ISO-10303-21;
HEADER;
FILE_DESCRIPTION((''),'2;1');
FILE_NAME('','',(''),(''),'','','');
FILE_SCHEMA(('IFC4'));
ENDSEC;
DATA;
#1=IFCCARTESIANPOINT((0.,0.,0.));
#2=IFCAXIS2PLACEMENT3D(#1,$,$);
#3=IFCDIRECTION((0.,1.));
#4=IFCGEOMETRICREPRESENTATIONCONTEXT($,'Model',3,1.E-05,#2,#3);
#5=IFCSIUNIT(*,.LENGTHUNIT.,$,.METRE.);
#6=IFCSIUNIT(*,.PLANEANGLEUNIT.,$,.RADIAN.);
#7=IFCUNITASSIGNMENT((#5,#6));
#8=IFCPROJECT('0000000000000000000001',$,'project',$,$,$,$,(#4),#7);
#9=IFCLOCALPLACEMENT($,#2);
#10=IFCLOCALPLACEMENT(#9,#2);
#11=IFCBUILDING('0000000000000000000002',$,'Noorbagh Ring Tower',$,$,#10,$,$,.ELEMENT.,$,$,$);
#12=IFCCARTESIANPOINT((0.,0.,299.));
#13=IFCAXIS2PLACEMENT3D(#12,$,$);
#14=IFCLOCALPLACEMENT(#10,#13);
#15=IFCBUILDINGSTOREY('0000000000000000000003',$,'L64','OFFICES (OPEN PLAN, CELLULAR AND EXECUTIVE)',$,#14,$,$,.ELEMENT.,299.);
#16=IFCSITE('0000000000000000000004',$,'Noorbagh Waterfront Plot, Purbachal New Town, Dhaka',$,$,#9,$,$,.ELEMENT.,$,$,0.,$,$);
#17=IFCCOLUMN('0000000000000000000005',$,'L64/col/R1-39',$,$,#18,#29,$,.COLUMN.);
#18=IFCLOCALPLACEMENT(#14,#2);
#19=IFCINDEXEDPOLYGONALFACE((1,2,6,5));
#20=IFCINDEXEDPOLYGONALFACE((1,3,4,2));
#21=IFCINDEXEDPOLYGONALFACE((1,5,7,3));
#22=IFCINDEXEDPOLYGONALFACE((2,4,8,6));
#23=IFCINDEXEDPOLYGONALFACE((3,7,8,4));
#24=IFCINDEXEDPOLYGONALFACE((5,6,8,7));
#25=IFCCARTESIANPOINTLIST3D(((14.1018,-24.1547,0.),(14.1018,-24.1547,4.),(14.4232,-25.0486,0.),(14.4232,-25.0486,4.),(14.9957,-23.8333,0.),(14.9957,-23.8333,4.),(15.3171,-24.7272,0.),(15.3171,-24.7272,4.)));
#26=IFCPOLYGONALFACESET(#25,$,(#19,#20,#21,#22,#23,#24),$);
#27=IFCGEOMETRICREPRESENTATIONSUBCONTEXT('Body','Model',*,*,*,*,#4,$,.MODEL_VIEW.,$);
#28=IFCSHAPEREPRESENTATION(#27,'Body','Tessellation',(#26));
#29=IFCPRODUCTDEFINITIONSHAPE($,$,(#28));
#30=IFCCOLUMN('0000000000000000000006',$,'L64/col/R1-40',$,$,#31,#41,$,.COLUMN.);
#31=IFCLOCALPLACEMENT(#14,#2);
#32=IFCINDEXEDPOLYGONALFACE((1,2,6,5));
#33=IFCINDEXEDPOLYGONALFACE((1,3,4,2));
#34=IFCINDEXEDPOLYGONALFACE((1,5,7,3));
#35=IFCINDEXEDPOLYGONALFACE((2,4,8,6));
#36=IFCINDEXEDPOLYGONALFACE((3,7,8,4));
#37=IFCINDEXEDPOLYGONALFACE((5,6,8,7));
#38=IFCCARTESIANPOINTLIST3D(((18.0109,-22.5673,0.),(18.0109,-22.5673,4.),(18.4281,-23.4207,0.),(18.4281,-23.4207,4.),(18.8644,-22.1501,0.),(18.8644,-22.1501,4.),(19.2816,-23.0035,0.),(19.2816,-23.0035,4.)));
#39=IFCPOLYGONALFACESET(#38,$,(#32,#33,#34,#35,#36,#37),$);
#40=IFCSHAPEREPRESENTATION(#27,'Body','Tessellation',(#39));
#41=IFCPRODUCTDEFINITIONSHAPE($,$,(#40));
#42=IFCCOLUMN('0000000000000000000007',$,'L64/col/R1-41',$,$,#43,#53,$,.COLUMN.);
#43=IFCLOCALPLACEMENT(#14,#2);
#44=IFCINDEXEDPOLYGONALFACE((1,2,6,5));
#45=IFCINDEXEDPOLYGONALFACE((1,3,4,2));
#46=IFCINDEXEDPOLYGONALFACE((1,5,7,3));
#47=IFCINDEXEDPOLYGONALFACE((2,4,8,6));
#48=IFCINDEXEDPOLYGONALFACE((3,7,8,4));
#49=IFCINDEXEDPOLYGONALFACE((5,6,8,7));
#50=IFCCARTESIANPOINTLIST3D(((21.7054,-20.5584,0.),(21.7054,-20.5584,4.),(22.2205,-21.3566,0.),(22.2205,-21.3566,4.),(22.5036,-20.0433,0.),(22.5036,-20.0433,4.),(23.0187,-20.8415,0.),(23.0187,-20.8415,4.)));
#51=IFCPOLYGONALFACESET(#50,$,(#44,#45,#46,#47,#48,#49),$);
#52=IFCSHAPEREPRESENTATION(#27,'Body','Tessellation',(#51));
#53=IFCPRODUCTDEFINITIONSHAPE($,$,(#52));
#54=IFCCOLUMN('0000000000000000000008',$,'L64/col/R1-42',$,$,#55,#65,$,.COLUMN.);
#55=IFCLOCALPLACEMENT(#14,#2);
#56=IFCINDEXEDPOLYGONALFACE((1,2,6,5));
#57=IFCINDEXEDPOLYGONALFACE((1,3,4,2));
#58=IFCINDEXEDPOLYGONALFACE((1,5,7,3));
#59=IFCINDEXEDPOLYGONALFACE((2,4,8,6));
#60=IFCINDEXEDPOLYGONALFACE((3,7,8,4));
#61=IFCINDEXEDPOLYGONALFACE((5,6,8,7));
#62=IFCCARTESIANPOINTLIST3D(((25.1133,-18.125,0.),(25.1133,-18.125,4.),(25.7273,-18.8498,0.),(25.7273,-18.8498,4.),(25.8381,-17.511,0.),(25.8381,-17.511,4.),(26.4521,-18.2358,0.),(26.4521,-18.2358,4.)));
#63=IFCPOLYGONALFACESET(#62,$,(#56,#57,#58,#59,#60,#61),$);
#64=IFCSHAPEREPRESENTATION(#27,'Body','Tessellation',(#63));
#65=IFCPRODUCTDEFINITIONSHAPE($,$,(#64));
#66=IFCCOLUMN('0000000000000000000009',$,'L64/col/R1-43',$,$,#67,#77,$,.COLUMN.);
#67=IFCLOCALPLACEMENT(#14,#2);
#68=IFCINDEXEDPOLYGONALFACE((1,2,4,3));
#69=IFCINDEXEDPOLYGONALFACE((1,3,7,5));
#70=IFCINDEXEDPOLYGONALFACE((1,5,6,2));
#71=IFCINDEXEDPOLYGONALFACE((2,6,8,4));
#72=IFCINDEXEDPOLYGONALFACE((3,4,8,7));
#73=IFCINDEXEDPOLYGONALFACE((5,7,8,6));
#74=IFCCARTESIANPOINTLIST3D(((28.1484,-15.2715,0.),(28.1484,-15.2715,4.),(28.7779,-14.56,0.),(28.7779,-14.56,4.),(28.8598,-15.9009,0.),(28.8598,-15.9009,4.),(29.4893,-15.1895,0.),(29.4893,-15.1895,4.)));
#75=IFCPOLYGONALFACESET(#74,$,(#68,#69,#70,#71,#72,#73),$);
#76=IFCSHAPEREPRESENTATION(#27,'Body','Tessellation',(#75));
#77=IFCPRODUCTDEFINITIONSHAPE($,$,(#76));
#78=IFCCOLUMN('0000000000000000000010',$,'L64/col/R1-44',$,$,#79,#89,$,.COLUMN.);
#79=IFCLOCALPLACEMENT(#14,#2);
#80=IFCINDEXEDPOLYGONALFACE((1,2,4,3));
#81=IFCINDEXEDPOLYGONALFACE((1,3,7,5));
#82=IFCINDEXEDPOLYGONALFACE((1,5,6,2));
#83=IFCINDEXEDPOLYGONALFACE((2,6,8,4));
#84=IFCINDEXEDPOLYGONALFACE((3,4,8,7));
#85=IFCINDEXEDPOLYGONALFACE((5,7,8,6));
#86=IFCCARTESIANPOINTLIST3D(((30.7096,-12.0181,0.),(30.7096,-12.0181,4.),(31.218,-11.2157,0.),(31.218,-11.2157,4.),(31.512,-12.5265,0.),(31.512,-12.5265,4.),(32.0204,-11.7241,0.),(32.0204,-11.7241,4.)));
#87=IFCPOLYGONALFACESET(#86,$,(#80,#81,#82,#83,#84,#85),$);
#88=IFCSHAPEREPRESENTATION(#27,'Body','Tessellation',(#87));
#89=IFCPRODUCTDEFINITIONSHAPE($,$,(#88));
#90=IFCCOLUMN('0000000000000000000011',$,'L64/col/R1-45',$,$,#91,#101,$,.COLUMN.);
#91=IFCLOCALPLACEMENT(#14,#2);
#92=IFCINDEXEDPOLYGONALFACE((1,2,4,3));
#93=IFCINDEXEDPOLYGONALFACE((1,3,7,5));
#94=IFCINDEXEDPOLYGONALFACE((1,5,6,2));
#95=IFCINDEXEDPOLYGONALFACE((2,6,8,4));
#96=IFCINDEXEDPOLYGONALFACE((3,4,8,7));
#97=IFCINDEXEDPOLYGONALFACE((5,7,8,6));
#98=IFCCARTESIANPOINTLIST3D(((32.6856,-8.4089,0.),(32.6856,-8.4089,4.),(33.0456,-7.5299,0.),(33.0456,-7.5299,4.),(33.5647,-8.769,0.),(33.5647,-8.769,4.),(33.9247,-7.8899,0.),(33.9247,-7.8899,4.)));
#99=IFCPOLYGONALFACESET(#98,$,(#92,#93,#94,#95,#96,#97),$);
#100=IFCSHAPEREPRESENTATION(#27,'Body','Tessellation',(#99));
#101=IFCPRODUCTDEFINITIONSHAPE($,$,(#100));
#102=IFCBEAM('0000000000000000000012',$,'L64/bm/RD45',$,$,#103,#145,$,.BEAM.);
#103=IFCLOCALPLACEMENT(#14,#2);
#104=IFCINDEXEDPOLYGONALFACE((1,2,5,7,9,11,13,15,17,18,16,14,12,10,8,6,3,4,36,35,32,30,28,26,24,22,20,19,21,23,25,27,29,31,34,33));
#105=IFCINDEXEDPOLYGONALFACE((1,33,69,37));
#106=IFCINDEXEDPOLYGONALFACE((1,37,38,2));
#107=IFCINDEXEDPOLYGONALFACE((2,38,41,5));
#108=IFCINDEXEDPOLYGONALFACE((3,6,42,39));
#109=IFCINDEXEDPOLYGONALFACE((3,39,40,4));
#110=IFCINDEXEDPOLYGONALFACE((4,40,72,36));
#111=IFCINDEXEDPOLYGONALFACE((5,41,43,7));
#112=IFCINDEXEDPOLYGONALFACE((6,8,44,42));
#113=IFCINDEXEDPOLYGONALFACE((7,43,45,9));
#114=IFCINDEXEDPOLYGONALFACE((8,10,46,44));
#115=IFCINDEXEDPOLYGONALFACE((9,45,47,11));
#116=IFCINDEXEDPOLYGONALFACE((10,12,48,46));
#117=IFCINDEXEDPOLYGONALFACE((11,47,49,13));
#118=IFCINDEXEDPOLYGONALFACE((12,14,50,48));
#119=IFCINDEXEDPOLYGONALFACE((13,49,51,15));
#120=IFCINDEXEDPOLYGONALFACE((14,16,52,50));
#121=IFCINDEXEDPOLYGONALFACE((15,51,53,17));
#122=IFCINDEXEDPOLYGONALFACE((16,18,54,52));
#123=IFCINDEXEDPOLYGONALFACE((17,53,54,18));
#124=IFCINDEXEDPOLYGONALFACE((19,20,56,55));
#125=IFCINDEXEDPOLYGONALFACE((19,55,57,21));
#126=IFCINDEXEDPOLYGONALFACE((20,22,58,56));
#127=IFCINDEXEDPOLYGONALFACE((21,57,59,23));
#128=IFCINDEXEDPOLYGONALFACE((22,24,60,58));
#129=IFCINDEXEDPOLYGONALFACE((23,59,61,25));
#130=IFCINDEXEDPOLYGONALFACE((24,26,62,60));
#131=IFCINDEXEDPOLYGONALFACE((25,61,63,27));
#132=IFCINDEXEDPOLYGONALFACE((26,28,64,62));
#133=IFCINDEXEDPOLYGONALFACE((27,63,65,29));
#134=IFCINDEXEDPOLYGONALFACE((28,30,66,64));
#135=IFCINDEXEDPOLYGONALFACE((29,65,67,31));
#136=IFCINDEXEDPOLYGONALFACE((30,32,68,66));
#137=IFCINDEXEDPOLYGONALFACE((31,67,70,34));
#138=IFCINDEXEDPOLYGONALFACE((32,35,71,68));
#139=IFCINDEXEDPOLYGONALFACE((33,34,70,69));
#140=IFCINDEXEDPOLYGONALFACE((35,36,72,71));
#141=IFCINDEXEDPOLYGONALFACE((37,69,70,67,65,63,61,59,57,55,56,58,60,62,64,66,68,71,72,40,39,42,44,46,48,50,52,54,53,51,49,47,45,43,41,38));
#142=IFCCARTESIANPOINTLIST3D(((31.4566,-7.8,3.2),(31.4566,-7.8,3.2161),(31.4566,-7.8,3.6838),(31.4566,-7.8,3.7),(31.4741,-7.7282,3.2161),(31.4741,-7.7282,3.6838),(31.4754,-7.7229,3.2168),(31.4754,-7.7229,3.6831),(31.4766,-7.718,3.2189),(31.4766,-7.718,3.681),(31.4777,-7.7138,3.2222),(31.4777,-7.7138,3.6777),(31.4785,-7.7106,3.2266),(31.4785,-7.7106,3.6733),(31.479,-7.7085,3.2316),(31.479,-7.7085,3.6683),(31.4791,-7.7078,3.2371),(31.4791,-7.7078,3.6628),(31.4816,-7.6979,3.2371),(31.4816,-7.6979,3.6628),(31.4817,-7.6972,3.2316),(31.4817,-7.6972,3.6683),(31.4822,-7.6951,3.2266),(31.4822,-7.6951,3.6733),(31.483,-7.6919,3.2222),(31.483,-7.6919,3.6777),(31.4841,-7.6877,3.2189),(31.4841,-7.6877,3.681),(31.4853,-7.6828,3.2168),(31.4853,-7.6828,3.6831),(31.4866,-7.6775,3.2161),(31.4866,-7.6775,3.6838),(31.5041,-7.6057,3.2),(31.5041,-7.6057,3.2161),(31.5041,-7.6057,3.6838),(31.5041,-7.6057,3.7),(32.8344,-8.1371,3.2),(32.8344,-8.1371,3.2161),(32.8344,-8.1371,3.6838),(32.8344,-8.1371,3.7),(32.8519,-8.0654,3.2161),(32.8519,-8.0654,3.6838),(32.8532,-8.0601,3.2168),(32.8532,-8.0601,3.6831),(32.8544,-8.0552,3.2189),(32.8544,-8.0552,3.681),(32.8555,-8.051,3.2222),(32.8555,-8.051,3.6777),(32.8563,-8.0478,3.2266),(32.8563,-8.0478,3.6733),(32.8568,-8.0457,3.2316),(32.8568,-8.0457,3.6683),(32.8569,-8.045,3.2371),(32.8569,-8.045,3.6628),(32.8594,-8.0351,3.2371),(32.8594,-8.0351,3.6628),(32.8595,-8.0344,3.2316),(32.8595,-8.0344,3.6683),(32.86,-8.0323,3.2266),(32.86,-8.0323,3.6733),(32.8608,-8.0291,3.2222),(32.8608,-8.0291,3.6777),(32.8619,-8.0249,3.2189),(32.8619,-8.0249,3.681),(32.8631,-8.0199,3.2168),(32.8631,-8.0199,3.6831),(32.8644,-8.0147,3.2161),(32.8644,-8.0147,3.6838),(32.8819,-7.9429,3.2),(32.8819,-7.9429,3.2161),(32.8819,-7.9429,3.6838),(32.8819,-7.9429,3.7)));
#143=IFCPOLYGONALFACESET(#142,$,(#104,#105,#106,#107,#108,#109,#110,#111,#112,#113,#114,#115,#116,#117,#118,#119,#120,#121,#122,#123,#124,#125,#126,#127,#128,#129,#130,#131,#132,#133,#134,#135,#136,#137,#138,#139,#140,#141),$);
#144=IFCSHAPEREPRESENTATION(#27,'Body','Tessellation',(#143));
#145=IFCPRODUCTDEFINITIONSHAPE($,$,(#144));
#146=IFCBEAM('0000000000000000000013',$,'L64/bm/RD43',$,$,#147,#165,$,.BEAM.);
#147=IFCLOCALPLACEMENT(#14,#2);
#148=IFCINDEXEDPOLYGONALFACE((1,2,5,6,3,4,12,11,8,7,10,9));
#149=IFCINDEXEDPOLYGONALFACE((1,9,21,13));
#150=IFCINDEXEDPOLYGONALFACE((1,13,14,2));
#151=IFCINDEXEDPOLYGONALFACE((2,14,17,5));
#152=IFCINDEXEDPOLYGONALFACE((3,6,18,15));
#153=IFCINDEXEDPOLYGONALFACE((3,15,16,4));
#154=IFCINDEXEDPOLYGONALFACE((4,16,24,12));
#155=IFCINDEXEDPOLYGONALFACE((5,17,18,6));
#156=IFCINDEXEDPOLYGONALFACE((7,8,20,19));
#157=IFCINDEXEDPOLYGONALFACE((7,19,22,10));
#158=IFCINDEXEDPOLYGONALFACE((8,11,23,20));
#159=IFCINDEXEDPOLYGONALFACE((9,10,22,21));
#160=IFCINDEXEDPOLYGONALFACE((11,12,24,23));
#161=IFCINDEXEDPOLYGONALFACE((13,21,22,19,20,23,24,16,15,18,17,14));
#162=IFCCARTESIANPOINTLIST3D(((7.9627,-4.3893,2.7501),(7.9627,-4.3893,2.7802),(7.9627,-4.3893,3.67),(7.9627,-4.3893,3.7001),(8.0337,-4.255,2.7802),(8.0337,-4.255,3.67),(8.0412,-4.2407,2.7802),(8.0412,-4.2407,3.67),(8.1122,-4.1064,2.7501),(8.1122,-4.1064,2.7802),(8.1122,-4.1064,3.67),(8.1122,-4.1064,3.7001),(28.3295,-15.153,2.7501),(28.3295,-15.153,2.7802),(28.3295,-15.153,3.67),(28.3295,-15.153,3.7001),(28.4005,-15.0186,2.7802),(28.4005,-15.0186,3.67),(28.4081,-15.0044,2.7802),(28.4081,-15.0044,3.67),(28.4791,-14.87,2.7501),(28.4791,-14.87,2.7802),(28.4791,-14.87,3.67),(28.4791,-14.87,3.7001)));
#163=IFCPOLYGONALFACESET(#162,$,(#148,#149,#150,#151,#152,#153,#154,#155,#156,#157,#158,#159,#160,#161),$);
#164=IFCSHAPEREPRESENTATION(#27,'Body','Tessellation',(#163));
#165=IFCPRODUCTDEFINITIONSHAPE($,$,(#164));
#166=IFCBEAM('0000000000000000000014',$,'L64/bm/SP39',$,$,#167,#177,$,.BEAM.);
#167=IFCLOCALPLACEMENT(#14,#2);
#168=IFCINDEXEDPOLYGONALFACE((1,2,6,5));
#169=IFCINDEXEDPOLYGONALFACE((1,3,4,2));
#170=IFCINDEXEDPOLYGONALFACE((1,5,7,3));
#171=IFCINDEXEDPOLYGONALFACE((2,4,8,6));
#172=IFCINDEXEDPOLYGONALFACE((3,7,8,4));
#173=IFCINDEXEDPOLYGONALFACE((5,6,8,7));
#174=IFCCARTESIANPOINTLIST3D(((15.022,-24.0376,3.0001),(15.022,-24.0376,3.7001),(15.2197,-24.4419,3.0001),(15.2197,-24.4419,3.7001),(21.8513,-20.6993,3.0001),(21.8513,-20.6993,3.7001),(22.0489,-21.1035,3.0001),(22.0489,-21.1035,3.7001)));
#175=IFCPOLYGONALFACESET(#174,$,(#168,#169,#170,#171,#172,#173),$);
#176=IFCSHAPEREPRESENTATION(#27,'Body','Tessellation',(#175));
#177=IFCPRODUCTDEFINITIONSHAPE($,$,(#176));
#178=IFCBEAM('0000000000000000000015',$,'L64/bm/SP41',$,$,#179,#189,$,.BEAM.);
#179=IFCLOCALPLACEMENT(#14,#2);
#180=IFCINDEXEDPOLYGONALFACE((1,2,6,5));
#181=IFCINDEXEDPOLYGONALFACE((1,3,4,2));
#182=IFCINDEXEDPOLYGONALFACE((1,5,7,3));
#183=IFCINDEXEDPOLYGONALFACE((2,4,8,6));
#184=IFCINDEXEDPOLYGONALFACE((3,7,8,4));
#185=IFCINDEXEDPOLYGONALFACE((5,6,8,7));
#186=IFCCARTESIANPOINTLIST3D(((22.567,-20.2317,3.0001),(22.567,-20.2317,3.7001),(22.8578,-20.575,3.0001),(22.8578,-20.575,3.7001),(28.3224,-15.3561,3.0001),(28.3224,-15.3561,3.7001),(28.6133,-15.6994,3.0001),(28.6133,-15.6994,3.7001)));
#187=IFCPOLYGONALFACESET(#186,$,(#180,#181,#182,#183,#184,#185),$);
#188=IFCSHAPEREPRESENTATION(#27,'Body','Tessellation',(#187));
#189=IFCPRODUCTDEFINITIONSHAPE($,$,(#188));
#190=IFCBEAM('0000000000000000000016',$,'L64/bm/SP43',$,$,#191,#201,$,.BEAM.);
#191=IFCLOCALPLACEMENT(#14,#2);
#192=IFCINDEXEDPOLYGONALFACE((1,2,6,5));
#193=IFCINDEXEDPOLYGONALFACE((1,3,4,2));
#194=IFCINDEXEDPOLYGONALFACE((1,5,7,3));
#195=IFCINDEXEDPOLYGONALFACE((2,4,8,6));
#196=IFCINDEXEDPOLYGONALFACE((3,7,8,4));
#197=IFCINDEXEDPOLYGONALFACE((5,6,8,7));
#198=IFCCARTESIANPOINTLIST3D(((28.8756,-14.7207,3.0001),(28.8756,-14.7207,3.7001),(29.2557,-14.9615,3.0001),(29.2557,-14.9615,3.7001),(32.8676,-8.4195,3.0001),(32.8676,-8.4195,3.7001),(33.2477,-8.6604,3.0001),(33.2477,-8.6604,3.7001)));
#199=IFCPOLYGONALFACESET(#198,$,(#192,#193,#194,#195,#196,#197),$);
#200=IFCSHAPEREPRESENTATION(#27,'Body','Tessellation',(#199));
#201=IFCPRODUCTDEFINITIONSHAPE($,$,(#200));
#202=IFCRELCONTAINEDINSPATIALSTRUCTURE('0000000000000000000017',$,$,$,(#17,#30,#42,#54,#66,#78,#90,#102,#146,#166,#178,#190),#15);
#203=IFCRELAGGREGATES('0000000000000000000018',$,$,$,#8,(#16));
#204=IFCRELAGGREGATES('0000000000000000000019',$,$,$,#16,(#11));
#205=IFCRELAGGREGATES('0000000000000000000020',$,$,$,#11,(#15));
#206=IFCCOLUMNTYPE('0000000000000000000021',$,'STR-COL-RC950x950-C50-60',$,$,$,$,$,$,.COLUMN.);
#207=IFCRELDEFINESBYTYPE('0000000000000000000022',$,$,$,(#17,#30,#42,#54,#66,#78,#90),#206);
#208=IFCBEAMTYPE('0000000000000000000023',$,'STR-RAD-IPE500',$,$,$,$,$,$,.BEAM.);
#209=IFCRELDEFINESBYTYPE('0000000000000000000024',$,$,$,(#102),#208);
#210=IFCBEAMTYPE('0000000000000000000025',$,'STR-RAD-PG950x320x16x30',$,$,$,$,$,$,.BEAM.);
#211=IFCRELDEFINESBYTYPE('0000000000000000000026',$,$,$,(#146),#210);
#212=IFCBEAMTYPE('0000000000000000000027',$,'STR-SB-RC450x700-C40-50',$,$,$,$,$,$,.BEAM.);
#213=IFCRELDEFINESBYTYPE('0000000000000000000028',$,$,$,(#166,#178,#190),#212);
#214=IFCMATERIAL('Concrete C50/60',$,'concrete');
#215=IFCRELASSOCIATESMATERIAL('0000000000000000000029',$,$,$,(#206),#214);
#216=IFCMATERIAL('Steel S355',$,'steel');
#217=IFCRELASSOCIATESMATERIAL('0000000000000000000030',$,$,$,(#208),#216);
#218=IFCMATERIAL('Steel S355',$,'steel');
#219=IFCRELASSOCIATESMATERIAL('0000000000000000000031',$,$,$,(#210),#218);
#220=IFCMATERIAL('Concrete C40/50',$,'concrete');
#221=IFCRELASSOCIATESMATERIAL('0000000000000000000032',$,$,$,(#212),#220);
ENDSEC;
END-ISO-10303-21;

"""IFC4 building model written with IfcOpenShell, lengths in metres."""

from ifc_helpers import new_model, si_unit, direction, frame, origin, origin_2d, place, context, subcontext, project, spatial, rectangle, i_section, extrude, material, material_profile, profile_set, type_object, element, save


model = new_model("IFC4")

# Units and contexts
model_context = context("Model", 3, precision=1e-05, world=origin(), true_north=direction((0.0, 1.0)))
body_context = subcontext(model_context, "Body", "Model", "MODEL_VIEW")
ifc_project = project(units=[si_unit("LENGTHUNIT", "METRE"), si_unit("PLANEANGLEUNIT", "RADIAN")], contexts=[model_context])

# Site, building, storey
site_placement = place(None, origin())
site = spatial("IfcSite", under=ifc_project, at=site_placement, Name="Noorbagh Waterfront Plot, Purbachal New Town, Dhaka", CompositionType="ELEMENT", RefElevation=0.0)
building_placement = place(site_placement, origin())
building = spatial("IfcBuilding", under=site, at=building_placement, Name="Noorbagh Ring Tower", CompositionType="ELEMENT")
storey_placement = place(building_placement, frame((0.0, 0.0, 299.0)))
storey = spatial("IfcBuildingStorey", under=building, at=storey_placement, Name="L64", Description="OFFICES (OPEN PLAN, CELLULAR AND EXECUTIVE)", CompositionType="ELEMENT", Elevation=299.0)

# Columns
ifc_material_1 = material(Name="Concrete C50/60", Category="concrete")
ifc_material_profile_1 = material_profile(ifc_material_1, rectangle(XDim=0.95, YDim=0.95, at=origin_2d()), Name="RC950x950")
ifc_profile_set_1 = profile_set([ifc_material_profile_1], Name="Concrete C50/60")
column_type = type_object("IfcColumnType", Name="STR-COL-RC950x950-C50-60", PredefinedType="COLUMN", material=ifc_profile_set_1)
for number, where, z_axis, x_axis, name in (
    (1, (14.7095, -24.4409, 0.0), (0.0, 0.0, 1.0), (0.941025, 0.338338, 0.0), "L64/col/R1-39"),
    (2, (18.6462, -22.7854, 0.0), (0.0, 0.0, 1.0), (0.898399, 0.43918, 0.0), "L64/col/R1-40"),
    (3, (22.3621, -20.7, 0.0), (0.0, 0.0, 1.0), (0.840248, 0.542203, 0.0), "L64/col/R1-41"),
    (4, (25.7827, -18.1804, 0.0), (0.0, 0.0, 1.0), (0.763035, 0.646357, 0.0), "L64/col/R1-42"),
    (5, (28.8188, -15.2305, 0.0), (0.0, 0.0, 1.0), (0.662636, 0.748942, 0.0), "L64/col/R1-43"),
    (6, (31.365, -11.8711, 0.0), (0.0, 0.0, 1.0), (0.53519, 0.844731, 0.0), "L64/col/R1-44"),
    (7, (33.3052, -8.1494, 0.0), (0.0, 0.0, 1.0), (0.378989, 0.925401, 0.0), "L64/col/R1-45"),
):
    element("IfcColumn", number, at=place(storey_placement, frame(where, z_axis=z_axis, x_axis=x_axis)), inside=storey, type_object=column_type, Name=name, PredefinedType="COLUMN", context=body_context, shape_type="SweptSolid", body=[
        extrude(rectangle(XDim=0.95, YDim=0.95, at=origin_2d()), origin(), (0.0, 0.0, 1.0), 4.0),
    ])

# Beams
ifc_material_2 = material(Name="Steel S355", Category="steel")
ifc_material_profile_2 = material_profile(ifc_material_2, i_section(OverallWidth=0.2, OverallDepth=0.5, WebThickness=0.0103, FlangeThickness=0.0161, FilletRadius=0.021, at=origin_2d()), Name="IPE500")
ifc_profile_set_2 = profile_set([ifc_material_profile_2], Name="Steel S355")
beam_type_1 = type_object("IfcBeamType", Name="STR-RAD-IPE500", PredefinedType="BEAM", material=ifc_profile_set_2)
beam_1_placement = place(storey_placement, frame((32.8582, -8.04, 3.45), z_axis=(-0.971335, 0.237713, 0.0), x_axis=(-0.237713, -0.971335, 0.0)))
element("IfcBeam", 8, at=beam_1_placement, inside=storey, type_object=beam_type_1, Name="L64/bm/RD45", PredefinedType="BEAM", context=body_context, shape_type="SweptSolid", body=[
    extrude(i_section(OverallWidth=0.2, OverallDepth=0.5, WebThickness=0.0103, FlangeThickness=0.0161, FilletRadius=0.021, at=origin_2d()), origin(), (0.0, 0.0, 1.0), 1.4185),
])
ifc_material_3 = material(Name="Steel S355", Category="steel")
ifc_material_profile_3 = material_profile(ifc_material_3, i_section(OverallWidth=0.3201, OverallDepth=0.95, WebThickness=0.0161, FlangeThickness=0.03, at=origin_2d()), Name="PG950x320x16x30")
ifc_profile_set_3 = profile_set([ifc_material_profile_3], Name="Steel S355")
beam_type_2 = type_object("IfcBeamType", Name="STR-RAD-PG950x320x16x30", PredefinedType="BEAM", material=ifc_profile_set_3)
beam_2_placement = place(storey_placement, frame((28.4043, -15.0115, 3.2251), z_axis=(-0.884126, 0.467249, 0.0), x_axis=(-0.467249, -0.884126, 0.0)))
element("IfcBeam", 9, at=beam_2_placement, inside=storey, type_object=beam_type_2, Name="L64/bm/RD43", PredefinedType="BEAM", context=body_context, shape_type="SweptSolid", body=[
    extrude(i_section(OverallWidth=0.3201, OverallDepth=0.95, WebThickness=0.0161, FlangeThickness=0.03, at=origin_2d()), origin(), (0.0, 0.0, 1.0), 23.0361),
])
ifc_material_4 = material(Name="Concrete C40/50", Category="concrete")
ifc_material_profile_4 = material_profile(ifc_material_4, rectangle(XDim=0.45, YDim=0.7, at=origin_2d()), Name="RC450x700")
ifc_profile_set_4 = profile_set([ifc_material_profile_4], Name="Concrete C40/50")
beam_type_3 = type_object("IfcBeamType", Name="STR-SB-RC450x700-C40-50", PredefinedType="BEAM", material=ifc_profile_set_4)
beam_3_placement = place(storey_placement, frame((15.1208, -24.2397, 3.3501), z_axis=(0.898406, 0.439166, 0.0), x_axis=(-0.439166, 0.898406, 0.0)))
element("IfcBeam", 10, at=beam_3_placement, inside=storey, type_object=beam_type_3, Name="L64/bm/SP39", PredefinedType="BEAM", context=body_context, shape_type="SweptSolid", body=[
    extrude(rectangle(XDim=0.45, YDim=0.7, at=origin_2d()), origin(), (0.0, 0.0, 1.0), 7.6016),
])
beam_4_placement = place(storey_placement, frame((22.7124, -20.4033, 3.3501), z_axis=(0.763023, 0.646372, 0.0), x_axis=(-0.646372, 0.763023, 0.0)))
element("IfcBeam", 11, at=beam_4_placement, inside=storey, type_object=beam_type_3, Name="L64/bm/SP41", PredefinedType="BEAM", context=body_context, shape_type="SweptSolid", body=[
    extrude(rectangle(XDim=0.45, YDim=0.7, at=origin_2d()), origin(), (0.0, 0.0, 1.0), 7.543),
])
beam_5_placement = place(storey_placement, frame((29.0657, -14.8411, 3.3501), z_axis=(0.535176, 0.844741, 0.0), x_axis=(-0.844741, 0.535176, 0.0)))
element("IfcBeam", 12, at=beam_5_placement, inside=storey, type_object=beam_type_3, Name="L64/bm/SP43", PredefinedType="BEAM", context=body_context, shape_type="SweptSolid", body=[
    extrude(rectangle(XDim=0.45, YDim=0.7, at=origin_2d()), origin(), (0.0, 0.0, 1.0), 7.4592),
])

save(model, "model.ifc")
